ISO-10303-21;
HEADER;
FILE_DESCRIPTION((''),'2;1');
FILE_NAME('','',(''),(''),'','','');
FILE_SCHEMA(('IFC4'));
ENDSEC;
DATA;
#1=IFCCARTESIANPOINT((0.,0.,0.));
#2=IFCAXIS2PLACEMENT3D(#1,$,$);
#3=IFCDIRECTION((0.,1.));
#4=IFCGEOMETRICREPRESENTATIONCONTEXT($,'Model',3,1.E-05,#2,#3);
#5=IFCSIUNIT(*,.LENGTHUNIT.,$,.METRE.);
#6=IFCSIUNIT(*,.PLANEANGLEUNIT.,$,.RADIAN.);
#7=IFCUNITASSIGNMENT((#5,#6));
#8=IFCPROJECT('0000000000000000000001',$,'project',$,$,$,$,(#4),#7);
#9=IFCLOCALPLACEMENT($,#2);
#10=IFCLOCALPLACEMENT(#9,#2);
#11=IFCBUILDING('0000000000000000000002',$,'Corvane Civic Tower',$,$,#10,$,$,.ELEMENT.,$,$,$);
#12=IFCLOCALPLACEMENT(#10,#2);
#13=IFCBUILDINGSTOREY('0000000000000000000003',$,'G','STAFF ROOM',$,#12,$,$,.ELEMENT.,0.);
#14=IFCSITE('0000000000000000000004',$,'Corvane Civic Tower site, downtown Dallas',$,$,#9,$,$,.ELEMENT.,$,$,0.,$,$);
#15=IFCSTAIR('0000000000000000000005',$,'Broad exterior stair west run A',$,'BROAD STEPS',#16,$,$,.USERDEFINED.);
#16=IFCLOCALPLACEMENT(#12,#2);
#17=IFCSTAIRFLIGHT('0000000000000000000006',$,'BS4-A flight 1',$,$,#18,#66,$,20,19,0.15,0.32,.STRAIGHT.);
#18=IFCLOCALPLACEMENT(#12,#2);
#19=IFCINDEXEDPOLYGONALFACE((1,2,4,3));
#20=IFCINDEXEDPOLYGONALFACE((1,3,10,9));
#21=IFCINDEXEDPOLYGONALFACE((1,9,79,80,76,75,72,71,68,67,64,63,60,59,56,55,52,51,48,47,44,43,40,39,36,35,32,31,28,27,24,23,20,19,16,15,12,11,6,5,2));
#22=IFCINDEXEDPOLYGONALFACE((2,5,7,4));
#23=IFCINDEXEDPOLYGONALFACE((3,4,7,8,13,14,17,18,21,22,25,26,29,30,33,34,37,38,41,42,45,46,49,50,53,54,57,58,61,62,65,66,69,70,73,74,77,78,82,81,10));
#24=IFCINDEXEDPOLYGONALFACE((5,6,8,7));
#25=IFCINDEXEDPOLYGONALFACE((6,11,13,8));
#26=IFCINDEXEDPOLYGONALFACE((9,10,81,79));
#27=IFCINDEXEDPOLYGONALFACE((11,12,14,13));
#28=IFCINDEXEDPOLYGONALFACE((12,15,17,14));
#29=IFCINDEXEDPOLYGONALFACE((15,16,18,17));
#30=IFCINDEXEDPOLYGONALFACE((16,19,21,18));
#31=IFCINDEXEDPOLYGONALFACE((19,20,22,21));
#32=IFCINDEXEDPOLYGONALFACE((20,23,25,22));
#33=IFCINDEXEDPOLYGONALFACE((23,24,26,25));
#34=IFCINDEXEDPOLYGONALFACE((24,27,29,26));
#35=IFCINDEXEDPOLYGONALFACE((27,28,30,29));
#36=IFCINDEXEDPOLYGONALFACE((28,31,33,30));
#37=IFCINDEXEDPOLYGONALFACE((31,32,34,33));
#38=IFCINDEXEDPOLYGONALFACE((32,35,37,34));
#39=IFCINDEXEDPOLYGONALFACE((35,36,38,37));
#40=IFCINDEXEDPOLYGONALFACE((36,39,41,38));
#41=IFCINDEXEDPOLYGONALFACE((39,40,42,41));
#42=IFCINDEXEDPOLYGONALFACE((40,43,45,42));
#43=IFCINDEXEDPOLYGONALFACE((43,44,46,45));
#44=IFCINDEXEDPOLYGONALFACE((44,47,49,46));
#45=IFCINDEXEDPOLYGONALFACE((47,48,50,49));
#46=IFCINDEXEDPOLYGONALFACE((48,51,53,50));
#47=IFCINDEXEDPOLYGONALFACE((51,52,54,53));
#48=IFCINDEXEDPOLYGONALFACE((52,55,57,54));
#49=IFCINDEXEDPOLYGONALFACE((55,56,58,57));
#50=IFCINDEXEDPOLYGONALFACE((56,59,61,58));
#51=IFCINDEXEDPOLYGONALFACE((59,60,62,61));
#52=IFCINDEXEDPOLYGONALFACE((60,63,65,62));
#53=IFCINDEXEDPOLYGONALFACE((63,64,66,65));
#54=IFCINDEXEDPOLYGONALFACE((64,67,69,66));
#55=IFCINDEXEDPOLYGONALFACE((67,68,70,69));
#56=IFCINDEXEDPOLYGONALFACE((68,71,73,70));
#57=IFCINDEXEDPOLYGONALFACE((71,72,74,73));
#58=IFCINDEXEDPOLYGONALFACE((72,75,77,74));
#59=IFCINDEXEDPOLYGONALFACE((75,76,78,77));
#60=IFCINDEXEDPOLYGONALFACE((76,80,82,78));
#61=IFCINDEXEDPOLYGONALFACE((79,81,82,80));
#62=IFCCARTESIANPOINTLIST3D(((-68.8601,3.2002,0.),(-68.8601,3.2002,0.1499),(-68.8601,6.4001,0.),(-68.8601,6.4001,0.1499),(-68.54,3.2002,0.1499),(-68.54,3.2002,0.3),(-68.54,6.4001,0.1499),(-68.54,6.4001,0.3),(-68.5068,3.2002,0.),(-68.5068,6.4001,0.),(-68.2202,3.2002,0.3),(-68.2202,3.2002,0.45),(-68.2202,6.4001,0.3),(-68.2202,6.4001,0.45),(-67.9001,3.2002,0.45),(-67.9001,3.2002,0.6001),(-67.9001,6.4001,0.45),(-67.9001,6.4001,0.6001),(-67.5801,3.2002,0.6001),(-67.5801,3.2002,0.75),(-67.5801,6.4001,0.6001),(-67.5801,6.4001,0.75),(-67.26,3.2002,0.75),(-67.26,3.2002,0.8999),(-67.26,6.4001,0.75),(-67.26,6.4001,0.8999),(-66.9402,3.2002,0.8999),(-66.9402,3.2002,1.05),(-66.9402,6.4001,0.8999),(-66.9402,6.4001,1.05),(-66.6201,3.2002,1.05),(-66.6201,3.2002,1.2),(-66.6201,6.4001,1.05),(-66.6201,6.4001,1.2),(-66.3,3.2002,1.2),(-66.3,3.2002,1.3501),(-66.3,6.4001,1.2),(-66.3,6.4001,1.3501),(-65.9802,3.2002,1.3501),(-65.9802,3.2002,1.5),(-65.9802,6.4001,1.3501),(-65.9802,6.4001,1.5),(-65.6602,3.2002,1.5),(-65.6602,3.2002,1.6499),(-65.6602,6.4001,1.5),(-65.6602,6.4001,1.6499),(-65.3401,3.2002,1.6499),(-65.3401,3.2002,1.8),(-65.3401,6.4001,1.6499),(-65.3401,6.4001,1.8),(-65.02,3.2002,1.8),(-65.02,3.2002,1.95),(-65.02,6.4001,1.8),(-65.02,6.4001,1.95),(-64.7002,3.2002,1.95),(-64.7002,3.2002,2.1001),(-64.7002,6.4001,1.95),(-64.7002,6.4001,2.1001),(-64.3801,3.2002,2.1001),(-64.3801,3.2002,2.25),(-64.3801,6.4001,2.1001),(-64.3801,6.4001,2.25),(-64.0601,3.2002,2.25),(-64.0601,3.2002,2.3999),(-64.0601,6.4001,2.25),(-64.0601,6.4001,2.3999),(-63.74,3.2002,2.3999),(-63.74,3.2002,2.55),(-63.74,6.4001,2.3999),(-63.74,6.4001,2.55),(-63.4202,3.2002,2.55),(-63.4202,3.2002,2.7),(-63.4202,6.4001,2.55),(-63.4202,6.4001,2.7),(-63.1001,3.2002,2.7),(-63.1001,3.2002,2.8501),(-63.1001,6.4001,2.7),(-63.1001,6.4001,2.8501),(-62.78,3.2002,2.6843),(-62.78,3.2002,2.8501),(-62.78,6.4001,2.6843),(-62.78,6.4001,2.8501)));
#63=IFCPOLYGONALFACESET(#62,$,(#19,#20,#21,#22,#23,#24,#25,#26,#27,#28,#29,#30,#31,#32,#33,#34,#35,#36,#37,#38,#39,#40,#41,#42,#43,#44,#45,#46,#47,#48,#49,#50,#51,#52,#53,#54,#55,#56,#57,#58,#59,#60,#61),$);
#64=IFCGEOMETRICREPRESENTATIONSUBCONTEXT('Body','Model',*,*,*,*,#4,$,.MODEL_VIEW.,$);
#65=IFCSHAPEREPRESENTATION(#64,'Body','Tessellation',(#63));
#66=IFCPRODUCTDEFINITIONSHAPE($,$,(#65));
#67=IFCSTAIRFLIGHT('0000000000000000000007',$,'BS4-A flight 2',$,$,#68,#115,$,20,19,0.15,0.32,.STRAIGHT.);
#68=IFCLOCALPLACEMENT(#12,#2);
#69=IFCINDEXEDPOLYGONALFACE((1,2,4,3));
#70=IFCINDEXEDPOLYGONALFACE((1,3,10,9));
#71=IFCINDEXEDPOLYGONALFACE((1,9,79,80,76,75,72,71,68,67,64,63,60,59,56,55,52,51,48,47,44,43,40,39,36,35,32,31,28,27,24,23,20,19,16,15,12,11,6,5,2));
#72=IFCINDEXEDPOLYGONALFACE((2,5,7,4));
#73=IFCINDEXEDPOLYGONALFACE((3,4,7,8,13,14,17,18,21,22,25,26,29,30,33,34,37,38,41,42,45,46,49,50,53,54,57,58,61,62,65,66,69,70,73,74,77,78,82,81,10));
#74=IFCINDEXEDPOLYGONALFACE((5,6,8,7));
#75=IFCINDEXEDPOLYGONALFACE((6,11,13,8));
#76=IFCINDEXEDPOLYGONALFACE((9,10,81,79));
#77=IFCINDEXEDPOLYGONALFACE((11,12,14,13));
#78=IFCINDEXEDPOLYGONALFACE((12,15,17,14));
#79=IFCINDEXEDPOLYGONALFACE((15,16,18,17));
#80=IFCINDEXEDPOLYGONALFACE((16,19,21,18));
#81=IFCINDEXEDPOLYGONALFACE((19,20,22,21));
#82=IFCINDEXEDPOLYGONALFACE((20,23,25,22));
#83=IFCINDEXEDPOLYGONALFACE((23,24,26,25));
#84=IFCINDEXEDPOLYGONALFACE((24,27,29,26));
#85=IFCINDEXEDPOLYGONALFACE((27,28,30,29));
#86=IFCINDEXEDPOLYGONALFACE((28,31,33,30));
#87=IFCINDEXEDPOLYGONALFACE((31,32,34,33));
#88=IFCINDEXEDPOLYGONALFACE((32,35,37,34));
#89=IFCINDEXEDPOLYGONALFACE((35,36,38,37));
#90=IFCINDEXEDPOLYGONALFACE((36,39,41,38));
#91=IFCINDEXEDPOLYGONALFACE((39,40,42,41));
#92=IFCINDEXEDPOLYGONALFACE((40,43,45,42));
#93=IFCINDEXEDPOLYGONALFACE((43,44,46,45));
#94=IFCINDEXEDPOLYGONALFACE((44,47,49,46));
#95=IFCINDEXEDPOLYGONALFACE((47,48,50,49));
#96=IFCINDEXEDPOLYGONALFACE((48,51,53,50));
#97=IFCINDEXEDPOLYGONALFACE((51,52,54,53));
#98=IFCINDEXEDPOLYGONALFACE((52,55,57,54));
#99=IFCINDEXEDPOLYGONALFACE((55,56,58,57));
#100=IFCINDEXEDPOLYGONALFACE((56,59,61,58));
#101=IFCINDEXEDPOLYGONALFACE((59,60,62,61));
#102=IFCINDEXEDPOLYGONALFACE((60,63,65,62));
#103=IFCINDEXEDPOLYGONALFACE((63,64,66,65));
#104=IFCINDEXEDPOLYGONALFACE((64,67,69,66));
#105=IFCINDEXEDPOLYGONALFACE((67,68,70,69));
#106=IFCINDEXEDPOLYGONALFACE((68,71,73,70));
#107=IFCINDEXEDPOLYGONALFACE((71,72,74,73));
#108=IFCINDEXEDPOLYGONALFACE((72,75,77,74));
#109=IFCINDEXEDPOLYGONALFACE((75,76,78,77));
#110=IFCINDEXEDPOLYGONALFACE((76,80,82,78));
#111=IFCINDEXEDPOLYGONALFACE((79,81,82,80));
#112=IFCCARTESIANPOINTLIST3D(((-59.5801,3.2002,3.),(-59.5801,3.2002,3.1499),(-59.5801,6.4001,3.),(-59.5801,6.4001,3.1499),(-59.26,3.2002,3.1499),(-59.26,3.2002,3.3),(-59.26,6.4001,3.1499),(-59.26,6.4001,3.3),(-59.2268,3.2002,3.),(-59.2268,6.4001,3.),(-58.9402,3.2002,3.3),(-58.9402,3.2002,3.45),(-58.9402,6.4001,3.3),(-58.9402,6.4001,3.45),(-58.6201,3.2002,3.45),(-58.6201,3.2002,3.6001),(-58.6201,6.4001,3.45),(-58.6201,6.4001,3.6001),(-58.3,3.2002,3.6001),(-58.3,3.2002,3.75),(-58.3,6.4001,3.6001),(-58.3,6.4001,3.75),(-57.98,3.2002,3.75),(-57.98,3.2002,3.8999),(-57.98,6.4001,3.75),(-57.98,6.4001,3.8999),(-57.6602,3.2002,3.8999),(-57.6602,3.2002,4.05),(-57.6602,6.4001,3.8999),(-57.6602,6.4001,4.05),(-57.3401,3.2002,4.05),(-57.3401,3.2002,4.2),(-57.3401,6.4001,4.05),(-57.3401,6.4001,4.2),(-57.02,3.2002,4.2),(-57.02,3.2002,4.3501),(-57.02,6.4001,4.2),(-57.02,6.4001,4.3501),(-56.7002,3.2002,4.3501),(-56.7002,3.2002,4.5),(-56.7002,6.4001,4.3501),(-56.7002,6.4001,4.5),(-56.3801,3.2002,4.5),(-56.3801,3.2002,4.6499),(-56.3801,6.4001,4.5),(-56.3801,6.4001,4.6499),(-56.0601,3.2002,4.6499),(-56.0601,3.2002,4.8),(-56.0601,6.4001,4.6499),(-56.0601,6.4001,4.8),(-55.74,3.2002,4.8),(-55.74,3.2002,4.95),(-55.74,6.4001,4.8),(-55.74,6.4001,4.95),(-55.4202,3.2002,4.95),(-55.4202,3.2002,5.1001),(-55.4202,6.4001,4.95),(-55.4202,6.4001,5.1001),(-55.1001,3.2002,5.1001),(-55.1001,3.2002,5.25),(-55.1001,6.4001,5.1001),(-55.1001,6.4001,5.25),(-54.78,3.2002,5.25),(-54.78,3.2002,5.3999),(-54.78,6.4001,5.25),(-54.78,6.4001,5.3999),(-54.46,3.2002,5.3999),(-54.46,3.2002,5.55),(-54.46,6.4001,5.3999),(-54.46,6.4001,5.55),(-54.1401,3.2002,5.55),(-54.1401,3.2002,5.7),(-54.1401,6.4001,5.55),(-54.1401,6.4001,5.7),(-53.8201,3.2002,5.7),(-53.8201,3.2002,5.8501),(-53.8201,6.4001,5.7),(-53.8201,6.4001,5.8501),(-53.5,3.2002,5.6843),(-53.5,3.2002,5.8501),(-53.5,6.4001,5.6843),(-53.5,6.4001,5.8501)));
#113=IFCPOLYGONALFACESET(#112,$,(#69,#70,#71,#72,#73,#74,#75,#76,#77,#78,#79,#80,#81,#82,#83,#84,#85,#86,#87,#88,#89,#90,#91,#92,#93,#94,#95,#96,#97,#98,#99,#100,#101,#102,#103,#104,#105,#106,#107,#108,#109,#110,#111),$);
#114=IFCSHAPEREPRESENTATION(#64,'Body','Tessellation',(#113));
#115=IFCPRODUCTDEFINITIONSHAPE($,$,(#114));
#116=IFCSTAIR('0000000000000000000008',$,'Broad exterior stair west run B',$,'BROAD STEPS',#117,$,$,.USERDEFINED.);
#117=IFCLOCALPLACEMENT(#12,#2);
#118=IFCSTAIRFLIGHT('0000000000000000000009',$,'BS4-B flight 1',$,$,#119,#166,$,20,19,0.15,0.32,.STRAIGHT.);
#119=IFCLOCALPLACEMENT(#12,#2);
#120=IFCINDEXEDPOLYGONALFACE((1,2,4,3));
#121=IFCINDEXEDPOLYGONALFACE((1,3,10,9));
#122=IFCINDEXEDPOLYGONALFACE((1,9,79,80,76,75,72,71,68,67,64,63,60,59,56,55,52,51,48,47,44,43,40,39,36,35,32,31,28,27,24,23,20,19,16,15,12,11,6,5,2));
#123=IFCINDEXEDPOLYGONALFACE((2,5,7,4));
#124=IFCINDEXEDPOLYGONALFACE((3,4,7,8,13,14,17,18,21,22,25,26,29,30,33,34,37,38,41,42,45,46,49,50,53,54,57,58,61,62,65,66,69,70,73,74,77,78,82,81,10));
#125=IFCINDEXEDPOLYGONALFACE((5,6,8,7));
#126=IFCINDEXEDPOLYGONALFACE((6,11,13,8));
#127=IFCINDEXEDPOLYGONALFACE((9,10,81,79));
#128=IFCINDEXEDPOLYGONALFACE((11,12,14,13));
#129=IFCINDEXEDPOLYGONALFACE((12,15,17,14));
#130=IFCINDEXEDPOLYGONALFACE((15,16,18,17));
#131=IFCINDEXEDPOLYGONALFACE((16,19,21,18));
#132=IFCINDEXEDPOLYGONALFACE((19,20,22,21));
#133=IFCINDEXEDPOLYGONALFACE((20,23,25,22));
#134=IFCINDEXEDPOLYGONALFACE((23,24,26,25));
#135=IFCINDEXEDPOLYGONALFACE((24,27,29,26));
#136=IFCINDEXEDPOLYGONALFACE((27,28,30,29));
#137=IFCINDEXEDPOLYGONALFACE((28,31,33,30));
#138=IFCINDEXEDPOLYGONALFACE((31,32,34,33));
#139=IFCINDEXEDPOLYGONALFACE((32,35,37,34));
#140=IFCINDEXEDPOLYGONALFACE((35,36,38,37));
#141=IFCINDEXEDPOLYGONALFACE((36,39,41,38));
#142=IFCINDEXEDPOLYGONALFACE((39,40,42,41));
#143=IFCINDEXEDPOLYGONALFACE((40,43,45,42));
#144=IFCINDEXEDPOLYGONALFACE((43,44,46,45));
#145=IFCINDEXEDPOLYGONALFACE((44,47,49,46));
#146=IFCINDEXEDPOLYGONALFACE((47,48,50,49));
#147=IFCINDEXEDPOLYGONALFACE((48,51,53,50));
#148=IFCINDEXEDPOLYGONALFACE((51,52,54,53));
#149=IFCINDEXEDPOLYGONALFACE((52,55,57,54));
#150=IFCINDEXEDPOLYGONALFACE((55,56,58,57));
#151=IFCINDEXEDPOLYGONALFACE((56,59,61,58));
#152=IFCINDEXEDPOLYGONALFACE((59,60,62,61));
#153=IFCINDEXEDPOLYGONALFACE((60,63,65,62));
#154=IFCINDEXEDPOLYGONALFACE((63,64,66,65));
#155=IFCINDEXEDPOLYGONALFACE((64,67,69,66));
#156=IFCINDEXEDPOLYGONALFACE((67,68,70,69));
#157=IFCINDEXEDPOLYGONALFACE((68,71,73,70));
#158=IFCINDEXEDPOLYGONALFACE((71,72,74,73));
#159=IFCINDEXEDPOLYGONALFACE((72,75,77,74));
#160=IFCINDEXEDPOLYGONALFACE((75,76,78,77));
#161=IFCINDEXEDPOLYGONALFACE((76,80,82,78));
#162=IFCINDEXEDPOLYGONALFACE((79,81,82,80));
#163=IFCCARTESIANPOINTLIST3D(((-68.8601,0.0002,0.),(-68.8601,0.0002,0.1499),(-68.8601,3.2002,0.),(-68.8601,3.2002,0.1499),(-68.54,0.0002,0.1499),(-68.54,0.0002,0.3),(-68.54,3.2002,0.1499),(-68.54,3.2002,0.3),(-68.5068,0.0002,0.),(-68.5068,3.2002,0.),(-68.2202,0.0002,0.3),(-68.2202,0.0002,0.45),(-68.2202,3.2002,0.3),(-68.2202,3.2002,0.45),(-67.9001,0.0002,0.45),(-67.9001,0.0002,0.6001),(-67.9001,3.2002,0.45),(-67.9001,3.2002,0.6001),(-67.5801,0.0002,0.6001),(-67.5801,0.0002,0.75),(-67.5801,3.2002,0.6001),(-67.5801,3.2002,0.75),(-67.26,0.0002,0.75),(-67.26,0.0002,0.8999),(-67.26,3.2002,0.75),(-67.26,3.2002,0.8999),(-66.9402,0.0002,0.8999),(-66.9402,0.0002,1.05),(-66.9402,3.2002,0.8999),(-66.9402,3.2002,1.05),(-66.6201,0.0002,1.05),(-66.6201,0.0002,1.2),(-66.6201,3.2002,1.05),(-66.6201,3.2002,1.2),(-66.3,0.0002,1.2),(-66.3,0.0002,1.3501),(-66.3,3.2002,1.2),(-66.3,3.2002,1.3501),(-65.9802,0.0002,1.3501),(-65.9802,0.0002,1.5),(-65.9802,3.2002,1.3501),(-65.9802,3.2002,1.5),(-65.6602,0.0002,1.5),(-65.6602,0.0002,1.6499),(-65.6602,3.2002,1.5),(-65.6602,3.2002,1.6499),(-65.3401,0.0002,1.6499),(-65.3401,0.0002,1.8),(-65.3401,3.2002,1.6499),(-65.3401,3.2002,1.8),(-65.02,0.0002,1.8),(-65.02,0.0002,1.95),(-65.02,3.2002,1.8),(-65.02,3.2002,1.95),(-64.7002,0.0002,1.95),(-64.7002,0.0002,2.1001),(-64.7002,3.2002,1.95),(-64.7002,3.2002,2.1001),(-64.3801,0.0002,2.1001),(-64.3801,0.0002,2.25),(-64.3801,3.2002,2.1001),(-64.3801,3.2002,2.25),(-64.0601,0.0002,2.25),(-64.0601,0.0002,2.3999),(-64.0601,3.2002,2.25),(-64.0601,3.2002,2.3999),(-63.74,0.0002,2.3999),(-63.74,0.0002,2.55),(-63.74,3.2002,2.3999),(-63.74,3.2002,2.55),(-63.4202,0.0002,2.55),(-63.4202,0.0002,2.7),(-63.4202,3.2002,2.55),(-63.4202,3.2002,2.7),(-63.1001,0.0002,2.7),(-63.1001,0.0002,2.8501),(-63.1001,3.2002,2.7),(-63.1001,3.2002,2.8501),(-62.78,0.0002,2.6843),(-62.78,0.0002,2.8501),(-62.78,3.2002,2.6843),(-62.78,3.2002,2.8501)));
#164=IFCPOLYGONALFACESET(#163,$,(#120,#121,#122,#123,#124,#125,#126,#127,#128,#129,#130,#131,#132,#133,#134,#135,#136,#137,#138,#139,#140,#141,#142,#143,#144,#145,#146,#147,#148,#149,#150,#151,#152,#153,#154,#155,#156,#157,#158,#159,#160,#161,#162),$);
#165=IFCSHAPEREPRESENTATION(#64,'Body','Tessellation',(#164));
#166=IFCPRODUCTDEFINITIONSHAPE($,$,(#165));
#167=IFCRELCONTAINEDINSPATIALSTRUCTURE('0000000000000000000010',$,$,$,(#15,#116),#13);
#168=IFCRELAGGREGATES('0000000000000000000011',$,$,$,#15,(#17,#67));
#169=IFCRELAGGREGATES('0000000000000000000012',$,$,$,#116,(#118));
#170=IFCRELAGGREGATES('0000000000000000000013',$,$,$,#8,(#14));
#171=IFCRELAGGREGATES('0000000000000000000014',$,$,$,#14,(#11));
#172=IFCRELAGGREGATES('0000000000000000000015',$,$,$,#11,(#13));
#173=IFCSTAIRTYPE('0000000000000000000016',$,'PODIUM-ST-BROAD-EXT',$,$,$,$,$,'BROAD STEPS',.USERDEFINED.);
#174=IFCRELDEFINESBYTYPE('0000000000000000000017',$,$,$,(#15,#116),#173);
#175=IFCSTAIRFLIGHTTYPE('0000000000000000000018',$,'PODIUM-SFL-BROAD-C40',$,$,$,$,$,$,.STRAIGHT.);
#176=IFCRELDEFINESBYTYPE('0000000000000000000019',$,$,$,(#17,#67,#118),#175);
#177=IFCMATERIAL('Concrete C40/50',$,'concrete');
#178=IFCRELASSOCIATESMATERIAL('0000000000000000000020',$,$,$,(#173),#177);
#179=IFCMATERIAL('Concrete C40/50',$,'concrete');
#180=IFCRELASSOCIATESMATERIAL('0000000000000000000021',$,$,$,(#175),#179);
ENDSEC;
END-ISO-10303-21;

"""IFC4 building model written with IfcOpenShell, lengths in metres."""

from ifc_helpers import new_model, si_unit, direction, frame, origin, place, context, subcontext, project, spatial, polyline, outline, extrude, material, type_object, element, aggregate, save


model = new_model("IFC4")

# Units and contexts
model_context = context("Model", 3, precision=1e-05, world=origin(), true_north=direction((0.0, 1.0)))
body_context = subcontext(model_context, "Body", "Model", "MODEL_VIEW")
ifc_project = project(units=[si_unit("LENGTHUNIT", "METRE"), si_unit("PLANEANGLEUNIT", "RADIAN")], contexts=[model_context])

# Site, building, storey
site_placement = place(None, origin())
site = spatial("IfcSite", under=ifc_project, at=site_placement, Name="Corvane Civic Tower site, downtown Dallas", CompositionType="ELEMENT", RefElevation=0.0)
building_placement = place(site_placement, origin())
building = spatial("IfcBuilding", under=site, at=building_placement, Name="Corvane Civic Tower", CompositionType="ELEMENT")
storey_placement = place(building_placement, origin())
storey = spatial("IfcBuildingStorey", under=building, at=storey_placement, Name="G", Description="STAFF ROOM", CompositionType="ELEMENT", Elevation=0.0)

# Stairs, stair flights
ifc_material_1 = material(Name="Concrete C40/50", Category="concrete")
stair_type = type_object("IfcStairType", Name="PODIUM-ST-BROAD-EXT", ElementType="BROAD STEPS", PredefinedType="USERDEFINED", material=ifc_material_1)
stair_1_placement = place(storey_placement, origin())
stair_1 = element("IfcStair", 1, at=stair_1_placement, inside=storey, type_object=stair_type, Name="Broad exterior stair west run A", ObjectType="BROAD STEPS", PredefinedType="USERDEFINED")
ifc_material_2 = material(Name="Concrete C40/50", Category="concrete")
stair_flight_type = type_object("IfcStairFlightType", Name="PODIUM-SFL-BROAD-C40", PredefinedType="STRAIGHT", material=ifc_material_2)
stair_flight_1_placement = place(storey_placement, frame((-68.8601, 4.8, 0.0), z_axis=(0.0, 0.0, 1.0), x_axis=(1.0, 0.0, 0.0)))
stair_flight_1 = element("IfcStairFlight", 2, at=stair_flight_1_placement, type_object=stair_flight_type, Name="BS4-A flight 1", NumberOfRisers=20, NumberOfTreads=19, PredefinedType="STRAIGHT", RiserHeight=0.15, TreadLength=0.32, context=body_context, shape_type="SweptSolid", body=[
    extrude(outline(polyline([(0.0, 0.0), (0.0, 0.1499), (0.3201, 0.1499), (0.3201, 0.3), (0.6399, 0.3), (0.6399, 0.45), (0.96, 0.45), (0.96, 0.6001), (1.28, 0.6001), (1.28, 0.75), (1.6001, 0.75), (1.6001, 0.8999), (1.9199, 0.8999), (1.9199, 1.05), (2.24, 1.05), (2.24, 1.2), (2.5601, 1.2), (2.5601, 1.3501), (2.8799, 1.3501), (2.8799, 1.5), (3.2, 1.5), (3.2, 1.6499), (3.52, 1.6499), (3.52, 1.8), (3.8401, 1.8), (3.8401, 1.95), (4.1599, 1.95), (4.1599, 2.1001), (4.48, 2.1001), (4.48, 2.25), (4.8, 2.25), (4.8, 2.3999), (5.1201, 2.3999), (5.1201, 2.55), (5.4399, 2.55), (5.4399, 2.7), (5.76, 2.7), (5.76, 2.8501), (6.0801, 2.8501), (6.0801, 3.0), (6.0801, 2.6843), (0.3533, 0.0), (0.0, 0.0)])), frame((0.0, 1.6001, 0.0), z_axis=(0.0, -1.0, 0.0), x_axis=(1.0, 0.0, 0.0)), (0.0, 0.0, 1.0), 3.2),
])
stair_flight_2_placement = place(storey_placement, frame((-59.5801, 4.8, 3.0), z_axis=(0.0, 0.0, 1.0), x_axis=(1.0, 0.0, 0.0)))
stair_flight_2 = element("IfcStairFlight", 3, at=stair_flight_2_placement, type_object=stair_flight_type, Name="BS4-A flight 2", NumberOfRisers=20, NumberOfTreads=19, PredefinedType="STRAIGHT", RiserHeight=0.15, TreadLength=0.32, context=body_context, shape_type="SweptSolid", body=[
    extrude(outline(polyline([(0.0, 0.0), (0.0, 0.1499), (0.3201, 0.1499), (0.3201, 0.3), (0.6399, 0.3), (0.6399, 0.45), (0.96, 0.45), (0.96, 0.6001), (1.28, 0.6001), (1.28, 0.75), (1.6001, 0.75), (1.6001, 0.8999), (1.9199, 0.8999), (1.9199, 1.05), (2.24, 1.05), (2.24, 1.2), (2.5601, 1.2), (2.5601, 1.3501), (2.8799, 1.3501), (2.8799, 1.5), (3.2, 1.5), (3.2, 1.6499), (3.52, 1.6499), (3.52, 1.8), (3.8401, 1.8), (3.8401, 1.95), (4.1599, 1.95), (4.1599, 2.1001), (4.48, 2.1001), (4.48, 2.25), (4.8, 2.25), (4.8, 2.3999), (5.1201, 2.3999), (5.1201, 2.55), (5.4399, 2.55), (5.4399, 2.7), (5.76, 2.7), (5.76, 2.8501), (6.0801, 2.8501), (6.0801, 3.0), (6.0801, 2.6843), (0.3533, 0.0), (0.0, 0.0)])), frame((0.0, 1.6001, 0.0), z_axis=(0.0, -1.0, 0.0), x_axis=(1.0, 0.0, 0.0)), (0.0, 0.0, 1.0), 3.2),
])
aggregate(stair_1, [stair_flight_1, stair_flight_2])
stair_2_placement = place(storey_placement, origin())
stair_2 = element("IfcStair", 4, at=stair_2_placement, inside=storey, type_object=stair_type, Name="Broad exterior stair west run B", ObjectType="BROAD STEPS", PredefinedType="USERDEFINED")
stair_flight_3_placement = place(storey_placement, frame((-68.8601, 1.6001, 0.0), z_axis=(0.0, 0.0, 1.0), x_axis=(1.0, 0.0, 0.0)))
stair_flight_3 = element("IfcStairFlight", 5, at=stair_flight_3_placement, type_object=stair_flight_type, Name="BS4-B flight 1", NumberOfRisers=20, NumberOfTreads=19, PredefinedType="STRAIGHT", RiserHeight=0.15, TreadLength=0.32, context=body_context, shape_type="SweptSolid", body=[
    extrude(outline(polyline([(0.0, 0.0), (0.0, 0.1499), (0.3201, 0.1499), (0.3201, 0.3), (0.6399, 0.3), (0.6399, 0.45), (0.96, 0.45), (0.96, 0.6001), (1.28, 0.6001), (1.28, 0.75), (1.6001, 0.75), (1.6001, 0.8999), (1.9199, 0.8999), (1.9199, 1.05), (2.24, 1.05), (2.24, 1.2), (2.5601, 1.2), (2.5601, 1.3501), (2.8799, 1.3501), (2.8799, 1.5), (3.2, 1.5), (3.2, 1.6499), (3.52, 1.6499), (3.52, 1.8), (3.8401, 1.8), (3.8401, 1.95), (4.1599, 1.95), (4.1599, 2.1001), (4.48, 2.1001), (4.48, 2.25), (4.8, 2.25), (4.8, 2.3999), (5.1201, 2.3999), (5.1201, 2.55), (5.4399, 2.55), (5.4399, 2.7), (5.76, 2.7), (5.76, 2.8501), (6.0801, 2.8501), (6.0801, 3.0), (6.0801, 2.6843), (0.3533, 0.0), (0.0, 0.0)])), frame((0.0, 1.6001, 0.0), z_axis=(0.0, -1.0, 0.0), x_axis=(1.0, 0.0, 0.0)), (0.0, 0.0, 1.0), 3.2),
])
aggregate(stair_2, [stair_flight_3])

save(model, "model.ifc")
